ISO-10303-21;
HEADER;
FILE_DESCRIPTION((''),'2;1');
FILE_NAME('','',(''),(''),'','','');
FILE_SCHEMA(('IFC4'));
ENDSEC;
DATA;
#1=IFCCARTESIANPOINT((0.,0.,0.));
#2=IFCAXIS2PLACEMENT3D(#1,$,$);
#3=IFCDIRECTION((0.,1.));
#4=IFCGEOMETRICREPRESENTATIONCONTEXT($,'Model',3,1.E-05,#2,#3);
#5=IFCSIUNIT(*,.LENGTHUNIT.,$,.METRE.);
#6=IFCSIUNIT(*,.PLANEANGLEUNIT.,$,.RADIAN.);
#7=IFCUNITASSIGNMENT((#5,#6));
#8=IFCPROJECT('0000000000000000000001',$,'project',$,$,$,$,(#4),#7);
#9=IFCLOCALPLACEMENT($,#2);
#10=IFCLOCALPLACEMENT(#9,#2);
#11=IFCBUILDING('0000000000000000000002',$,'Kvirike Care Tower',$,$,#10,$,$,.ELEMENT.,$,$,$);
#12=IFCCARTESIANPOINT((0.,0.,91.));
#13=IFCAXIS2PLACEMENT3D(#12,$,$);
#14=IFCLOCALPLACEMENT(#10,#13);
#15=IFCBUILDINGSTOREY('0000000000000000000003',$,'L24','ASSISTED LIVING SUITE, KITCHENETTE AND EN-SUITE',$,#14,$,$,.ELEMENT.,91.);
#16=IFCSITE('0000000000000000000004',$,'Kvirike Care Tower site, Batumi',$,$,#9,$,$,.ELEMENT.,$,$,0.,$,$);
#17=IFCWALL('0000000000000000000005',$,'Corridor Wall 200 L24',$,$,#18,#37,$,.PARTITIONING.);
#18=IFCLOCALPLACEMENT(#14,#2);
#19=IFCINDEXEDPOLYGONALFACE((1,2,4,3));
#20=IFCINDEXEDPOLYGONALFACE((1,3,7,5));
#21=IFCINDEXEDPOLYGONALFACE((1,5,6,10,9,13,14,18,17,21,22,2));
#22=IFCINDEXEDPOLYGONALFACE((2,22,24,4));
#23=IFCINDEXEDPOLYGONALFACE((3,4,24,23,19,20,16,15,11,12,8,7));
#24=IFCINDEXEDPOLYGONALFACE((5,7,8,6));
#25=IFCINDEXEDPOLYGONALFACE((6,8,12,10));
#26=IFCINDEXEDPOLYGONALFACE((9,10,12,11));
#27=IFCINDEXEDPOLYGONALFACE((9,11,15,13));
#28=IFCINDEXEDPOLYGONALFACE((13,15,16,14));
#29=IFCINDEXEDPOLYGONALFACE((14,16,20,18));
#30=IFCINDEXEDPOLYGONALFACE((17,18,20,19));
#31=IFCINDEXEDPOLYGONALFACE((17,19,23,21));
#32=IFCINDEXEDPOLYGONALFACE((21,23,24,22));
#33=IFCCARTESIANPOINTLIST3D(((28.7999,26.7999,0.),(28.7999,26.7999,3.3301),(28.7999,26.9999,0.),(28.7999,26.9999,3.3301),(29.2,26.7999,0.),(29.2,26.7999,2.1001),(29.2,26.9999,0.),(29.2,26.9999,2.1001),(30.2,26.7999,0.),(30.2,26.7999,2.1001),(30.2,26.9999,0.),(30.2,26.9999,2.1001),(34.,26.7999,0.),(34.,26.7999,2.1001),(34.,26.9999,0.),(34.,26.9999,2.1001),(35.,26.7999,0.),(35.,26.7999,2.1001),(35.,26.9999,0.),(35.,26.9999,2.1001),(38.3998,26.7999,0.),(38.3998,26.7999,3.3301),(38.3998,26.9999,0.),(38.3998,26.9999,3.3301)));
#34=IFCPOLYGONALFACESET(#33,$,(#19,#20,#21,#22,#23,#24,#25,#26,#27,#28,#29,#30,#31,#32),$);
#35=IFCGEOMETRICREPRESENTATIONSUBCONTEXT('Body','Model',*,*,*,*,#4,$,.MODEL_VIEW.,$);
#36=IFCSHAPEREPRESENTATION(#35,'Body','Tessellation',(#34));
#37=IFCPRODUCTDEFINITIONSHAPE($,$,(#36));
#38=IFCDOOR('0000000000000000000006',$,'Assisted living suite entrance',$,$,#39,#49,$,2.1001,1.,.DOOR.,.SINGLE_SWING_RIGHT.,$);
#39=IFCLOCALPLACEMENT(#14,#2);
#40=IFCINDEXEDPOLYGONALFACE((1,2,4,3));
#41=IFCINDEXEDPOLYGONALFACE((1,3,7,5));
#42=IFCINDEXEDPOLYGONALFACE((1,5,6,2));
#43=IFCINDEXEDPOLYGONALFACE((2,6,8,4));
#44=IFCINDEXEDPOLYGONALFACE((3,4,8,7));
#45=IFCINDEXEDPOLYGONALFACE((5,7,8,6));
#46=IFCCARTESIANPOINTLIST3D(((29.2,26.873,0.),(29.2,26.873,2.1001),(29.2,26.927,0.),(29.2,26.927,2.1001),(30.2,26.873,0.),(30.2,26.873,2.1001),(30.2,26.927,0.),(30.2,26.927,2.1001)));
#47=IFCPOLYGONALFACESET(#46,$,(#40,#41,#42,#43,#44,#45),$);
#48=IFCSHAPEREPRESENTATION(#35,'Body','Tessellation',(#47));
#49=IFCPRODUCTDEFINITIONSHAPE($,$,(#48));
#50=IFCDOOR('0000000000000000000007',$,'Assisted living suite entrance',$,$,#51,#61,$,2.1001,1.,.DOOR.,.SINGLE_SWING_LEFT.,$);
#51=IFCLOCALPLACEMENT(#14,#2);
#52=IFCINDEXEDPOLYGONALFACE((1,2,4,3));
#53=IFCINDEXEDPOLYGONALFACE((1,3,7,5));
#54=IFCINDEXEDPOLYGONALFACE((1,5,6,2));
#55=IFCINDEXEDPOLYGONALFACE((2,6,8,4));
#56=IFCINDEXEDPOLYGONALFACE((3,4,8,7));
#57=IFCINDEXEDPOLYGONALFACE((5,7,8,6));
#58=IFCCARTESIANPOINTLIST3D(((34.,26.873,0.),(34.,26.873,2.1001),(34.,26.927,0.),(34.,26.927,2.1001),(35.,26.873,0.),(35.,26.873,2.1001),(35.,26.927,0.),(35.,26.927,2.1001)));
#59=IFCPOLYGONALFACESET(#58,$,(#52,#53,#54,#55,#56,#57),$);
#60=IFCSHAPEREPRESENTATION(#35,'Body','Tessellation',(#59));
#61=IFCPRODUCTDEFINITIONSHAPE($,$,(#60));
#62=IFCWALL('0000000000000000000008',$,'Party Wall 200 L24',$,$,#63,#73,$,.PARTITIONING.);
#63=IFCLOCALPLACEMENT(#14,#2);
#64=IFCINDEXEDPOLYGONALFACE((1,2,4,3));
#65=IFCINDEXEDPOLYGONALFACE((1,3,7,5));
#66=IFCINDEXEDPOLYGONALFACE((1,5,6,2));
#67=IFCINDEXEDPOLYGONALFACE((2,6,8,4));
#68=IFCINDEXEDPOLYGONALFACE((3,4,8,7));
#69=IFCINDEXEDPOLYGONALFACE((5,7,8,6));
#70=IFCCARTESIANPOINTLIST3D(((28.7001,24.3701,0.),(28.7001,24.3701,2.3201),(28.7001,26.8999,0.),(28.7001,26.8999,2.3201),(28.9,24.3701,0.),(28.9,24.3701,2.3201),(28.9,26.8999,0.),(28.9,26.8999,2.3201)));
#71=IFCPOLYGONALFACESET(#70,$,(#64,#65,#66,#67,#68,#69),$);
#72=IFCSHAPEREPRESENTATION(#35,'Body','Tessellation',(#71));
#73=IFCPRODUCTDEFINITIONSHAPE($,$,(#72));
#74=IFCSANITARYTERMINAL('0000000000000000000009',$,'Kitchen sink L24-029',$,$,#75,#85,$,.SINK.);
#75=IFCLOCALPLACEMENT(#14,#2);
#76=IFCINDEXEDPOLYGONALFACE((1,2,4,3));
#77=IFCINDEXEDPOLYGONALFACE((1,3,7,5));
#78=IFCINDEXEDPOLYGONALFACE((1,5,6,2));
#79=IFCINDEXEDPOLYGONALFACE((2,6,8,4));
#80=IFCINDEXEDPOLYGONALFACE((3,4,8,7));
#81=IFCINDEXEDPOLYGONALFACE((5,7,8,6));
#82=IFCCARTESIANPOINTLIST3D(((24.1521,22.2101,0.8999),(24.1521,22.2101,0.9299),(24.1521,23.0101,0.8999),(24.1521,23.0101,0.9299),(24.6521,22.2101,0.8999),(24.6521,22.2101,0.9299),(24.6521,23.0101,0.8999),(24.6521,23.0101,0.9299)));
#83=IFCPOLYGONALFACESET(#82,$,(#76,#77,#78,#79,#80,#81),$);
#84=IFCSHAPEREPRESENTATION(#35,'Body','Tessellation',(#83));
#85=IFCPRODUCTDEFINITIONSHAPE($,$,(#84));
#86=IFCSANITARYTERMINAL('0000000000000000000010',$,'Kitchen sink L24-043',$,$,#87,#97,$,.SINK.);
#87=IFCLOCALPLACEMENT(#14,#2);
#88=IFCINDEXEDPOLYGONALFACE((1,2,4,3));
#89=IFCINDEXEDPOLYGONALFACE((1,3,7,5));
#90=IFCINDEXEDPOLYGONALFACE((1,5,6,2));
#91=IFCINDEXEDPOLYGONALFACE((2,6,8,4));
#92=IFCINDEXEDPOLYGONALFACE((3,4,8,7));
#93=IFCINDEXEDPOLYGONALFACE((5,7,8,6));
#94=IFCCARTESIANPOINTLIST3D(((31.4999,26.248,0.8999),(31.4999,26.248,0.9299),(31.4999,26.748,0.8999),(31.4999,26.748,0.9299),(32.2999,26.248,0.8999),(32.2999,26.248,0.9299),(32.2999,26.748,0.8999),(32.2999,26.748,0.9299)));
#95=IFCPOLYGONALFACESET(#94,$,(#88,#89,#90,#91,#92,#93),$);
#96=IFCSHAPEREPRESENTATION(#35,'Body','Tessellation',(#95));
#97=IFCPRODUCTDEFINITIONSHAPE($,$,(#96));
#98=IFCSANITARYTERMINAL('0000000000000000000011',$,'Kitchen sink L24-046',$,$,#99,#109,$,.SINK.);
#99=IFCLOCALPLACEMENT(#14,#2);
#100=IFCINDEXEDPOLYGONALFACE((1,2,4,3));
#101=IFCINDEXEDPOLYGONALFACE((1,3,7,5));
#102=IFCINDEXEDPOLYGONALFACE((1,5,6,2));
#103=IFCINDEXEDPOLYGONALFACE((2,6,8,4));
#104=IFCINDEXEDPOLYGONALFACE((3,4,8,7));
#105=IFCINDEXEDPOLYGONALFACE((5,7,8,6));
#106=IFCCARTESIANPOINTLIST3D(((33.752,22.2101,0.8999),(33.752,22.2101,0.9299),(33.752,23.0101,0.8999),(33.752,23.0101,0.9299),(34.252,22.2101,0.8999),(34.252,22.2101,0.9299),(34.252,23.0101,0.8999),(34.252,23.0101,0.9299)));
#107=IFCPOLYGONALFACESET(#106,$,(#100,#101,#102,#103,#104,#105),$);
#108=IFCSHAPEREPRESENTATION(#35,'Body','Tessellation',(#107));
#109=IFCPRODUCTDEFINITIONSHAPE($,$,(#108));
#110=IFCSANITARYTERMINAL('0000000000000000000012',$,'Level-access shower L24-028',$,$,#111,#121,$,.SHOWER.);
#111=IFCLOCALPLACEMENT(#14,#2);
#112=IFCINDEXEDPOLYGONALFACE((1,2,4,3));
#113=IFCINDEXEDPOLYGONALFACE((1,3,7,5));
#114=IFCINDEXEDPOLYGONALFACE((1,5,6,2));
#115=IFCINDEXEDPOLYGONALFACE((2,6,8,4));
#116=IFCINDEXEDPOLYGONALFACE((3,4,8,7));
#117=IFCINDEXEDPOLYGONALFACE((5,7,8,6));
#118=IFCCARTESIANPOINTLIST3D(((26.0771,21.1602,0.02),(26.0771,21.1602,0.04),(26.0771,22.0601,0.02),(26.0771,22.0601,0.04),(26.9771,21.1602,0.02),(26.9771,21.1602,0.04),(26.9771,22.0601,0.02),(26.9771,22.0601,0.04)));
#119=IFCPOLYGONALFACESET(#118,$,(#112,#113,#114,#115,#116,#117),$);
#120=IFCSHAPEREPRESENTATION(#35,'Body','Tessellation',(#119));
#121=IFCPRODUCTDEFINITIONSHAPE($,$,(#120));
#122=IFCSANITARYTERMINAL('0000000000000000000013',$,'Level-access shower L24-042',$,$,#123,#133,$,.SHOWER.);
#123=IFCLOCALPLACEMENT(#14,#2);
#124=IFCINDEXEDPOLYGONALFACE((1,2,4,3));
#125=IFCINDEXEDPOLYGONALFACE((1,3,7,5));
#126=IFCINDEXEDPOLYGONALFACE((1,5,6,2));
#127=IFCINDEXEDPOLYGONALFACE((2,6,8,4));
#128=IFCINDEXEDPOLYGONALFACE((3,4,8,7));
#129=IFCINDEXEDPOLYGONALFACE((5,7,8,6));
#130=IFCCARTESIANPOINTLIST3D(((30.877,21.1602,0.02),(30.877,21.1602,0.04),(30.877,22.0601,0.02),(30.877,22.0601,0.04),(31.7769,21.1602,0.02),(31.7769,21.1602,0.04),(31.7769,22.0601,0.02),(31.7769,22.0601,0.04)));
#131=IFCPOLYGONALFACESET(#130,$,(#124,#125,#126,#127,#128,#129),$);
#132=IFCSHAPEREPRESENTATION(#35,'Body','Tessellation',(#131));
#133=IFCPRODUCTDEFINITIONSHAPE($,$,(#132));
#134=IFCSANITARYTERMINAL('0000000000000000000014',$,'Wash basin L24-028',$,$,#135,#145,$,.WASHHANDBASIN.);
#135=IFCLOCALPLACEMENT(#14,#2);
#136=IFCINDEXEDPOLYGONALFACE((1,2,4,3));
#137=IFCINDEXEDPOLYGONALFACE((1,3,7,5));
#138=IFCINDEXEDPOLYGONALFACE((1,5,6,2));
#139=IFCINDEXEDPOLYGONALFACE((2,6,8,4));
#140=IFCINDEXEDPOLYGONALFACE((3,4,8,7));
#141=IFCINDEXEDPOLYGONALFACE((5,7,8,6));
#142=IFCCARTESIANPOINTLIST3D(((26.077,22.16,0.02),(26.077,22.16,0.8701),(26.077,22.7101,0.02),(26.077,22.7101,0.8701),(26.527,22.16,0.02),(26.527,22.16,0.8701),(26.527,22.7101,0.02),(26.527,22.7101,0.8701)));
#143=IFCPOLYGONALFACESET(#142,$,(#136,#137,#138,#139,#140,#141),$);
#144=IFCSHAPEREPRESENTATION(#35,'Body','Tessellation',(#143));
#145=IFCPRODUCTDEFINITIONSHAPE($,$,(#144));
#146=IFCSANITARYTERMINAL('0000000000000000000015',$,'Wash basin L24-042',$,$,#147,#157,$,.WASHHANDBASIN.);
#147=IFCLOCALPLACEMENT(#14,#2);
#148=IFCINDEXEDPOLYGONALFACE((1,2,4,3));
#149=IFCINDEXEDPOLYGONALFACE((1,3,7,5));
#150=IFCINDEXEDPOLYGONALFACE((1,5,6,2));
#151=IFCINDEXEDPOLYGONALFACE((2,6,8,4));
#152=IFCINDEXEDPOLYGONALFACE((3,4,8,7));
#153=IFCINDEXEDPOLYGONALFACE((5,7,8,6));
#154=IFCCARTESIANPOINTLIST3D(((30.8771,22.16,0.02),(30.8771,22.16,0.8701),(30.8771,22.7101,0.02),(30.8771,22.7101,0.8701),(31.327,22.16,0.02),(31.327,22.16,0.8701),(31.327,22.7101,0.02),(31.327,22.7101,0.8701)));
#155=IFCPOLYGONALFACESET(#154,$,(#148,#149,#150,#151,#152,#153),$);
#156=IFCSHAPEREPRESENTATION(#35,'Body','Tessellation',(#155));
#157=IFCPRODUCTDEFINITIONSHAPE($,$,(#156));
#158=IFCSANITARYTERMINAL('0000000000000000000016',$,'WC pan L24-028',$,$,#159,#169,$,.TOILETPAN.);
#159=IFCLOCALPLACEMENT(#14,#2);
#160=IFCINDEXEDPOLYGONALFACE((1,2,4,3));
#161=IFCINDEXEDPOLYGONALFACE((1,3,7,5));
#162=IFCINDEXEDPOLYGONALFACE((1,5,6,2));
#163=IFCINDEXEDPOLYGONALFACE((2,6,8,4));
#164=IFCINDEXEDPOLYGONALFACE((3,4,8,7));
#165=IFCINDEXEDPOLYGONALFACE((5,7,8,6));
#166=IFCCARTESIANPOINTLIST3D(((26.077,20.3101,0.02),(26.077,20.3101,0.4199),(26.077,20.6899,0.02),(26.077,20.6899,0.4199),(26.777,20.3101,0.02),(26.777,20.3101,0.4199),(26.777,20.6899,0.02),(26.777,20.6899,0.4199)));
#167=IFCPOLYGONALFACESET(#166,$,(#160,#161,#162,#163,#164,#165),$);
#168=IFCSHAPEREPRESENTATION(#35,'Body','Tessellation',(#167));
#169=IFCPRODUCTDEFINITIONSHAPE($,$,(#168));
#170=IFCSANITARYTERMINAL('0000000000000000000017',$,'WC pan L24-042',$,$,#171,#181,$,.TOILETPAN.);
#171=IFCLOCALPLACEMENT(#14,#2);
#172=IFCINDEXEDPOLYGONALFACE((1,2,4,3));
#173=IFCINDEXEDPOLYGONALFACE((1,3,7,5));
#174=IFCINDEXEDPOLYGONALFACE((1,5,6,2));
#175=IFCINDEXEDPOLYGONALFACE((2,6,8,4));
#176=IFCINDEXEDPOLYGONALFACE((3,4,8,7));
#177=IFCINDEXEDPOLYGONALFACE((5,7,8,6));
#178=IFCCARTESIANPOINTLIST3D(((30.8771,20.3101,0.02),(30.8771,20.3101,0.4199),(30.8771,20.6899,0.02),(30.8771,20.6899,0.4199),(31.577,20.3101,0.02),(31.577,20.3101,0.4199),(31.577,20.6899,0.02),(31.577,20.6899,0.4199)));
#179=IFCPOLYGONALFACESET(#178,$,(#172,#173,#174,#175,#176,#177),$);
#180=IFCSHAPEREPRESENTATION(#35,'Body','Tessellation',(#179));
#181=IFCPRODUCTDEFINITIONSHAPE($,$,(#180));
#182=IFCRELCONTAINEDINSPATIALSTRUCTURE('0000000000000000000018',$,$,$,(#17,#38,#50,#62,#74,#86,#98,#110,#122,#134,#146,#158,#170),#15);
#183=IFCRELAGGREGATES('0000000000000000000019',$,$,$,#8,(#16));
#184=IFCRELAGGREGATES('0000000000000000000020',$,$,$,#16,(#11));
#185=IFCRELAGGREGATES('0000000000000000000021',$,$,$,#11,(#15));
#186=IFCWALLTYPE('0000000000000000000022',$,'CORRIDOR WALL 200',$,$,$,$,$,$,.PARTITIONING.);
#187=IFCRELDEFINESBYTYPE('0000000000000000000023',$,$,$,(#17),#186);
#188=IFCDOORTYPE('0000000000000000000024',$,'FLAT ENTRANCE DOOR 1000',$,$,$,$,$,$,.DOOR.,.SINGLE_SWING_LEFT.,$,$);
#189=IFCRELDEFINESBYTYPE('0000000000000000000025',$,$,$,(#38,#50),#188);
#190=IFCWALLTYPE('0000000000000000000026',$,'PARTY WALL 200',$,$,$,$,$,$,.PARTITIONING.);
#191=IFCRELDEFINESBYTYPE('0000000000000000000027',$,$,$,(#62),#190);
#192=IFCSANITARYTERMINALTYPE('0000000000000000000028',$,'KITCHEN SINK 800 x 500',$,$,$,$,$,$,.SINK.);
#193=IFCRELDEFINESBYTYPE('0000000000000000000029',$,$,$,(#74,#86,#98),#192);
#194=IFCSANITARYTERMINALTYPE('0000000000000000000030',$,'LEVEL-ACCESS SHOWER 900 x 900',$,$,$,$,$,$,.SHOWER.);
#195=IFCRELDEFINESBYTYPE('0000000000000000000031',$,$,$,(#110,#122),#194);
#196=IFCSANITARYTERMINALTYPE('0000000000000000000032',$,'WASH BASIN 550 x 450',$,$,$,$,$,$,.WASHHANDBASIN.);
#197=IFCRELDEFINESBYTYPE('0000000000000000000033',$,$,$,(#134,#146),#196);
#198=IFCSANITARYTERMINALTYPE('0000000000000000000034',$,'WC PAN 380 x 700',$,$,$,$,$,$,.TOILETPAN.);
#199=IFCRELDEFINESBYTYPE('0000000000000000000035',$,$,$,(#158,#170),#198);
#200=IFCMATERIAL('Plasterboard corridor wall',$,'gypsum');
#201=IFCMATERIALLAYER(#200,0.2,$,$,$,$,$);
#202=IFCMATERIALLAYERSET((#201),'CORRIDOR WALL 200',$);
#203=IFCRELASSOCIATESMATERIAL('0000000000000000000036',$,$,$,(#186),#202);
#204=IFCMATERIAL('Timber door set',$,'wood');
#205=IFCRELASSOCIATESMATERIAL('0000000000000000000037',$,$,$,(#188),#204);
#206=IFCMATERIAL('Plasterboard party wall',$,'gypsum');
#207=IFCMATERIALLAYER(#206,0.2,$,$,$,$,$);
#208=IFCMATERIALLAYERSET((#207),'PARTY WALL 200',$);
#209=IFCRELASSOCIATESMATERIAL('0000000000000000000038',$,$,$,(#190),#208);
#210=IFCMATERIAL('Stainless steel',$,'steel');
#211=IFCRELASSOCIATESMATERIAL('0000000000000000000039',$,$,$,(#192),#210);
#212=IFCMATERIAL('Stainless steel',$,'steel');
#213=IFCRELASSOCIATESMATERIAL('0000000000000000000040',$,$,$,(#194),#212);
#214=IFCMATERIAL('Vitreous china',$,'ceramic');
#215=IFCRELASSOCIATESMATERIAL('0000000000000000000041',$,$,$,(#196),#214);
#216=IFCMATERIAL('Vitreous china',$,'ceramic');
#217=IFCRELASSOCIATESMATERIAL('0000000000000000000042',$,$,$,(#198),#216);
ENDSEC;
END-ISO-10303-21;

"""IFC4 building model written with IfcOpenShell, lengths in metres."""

from ifc_helpers import new_model, si_unit, direction, frame, frame_2d, origin, origin_2d, place, context, subcontext, project, spatial, rectangle, extrude, material, layer, layer_set, type_object, element, fill, save


model = new_model("IFC4")

# Units and contexts
model_context = context("Model", 3, precision=1e-05, world=origin(), true_north=direction((0.0, 1.0)))
body_context = subcontext(model_context, "Body", "Model", "MODEL_VIEW")
ifc_project = project(units=[si_unit("LENGTHUNIT", "METRE"), si_unit("PLANEANGLEUNIT", "RADIAN")], contexts=[model_context])

# Site, building, storey
site_placement = place(None, origin())
site = spatial("IfcSite", under=ifc_project, at=site_placement, Name="Kvirike Care Tower site, Batumi", CompositionType="ELEMENT", RefElevation=0.0)
building_placement = place(site_placement, origin())
building = spatial("IfcBuilding", under=site, at=building_placement, Name="Kvirike Care Tower", CompositionType="ELEMENT")
storey_placement = place(building_placement, frame((0.0, 0.0, 91.0)))
storey = spatial("IfcBuildingStorey", under=building, at=storey_placement, Name="L24", Description="ASSISTED LIVING SUITE, KITCHENETTE AND EN-SUITE", CompositionType="ELEMENT", Elevation=91.0)

# Wall, openings, doors
ifc_material_1 = material(Name="Plasterboard corridor wall", Category="gypsum")
ifc_layer_1 = layer(ifc_material_1, 0.2)
ifc_layer_set_1 = layer_set([ifc_layer_1], Name="CORRIDOR WALL 200")
wall_type_1 = type_object("IfcWallType", Name="CORRIDOR WALL 200", PredefinedType="PARTITIONING", material=ifc_layer_set_1)
wall_1_placement = place(storey_placement, frame((28.8, 26.8999, 0.0), z_axis=(0.0, 0.0, 1.0), x_axis=(1.0, 0.0, 0.0)))
wall_1 = element("IfcWall", 1, at=wall_1_placement, inside=storey, type_object=wall_type_1, Name="Corridor Wall 200 L24", PredefinedType="PARTITIONING", context=body_context, shape_type="SweptSolid", body=[
    extrude(rectangle(XDim=9.5999, YDim=0.2, at=frame_2d((4.7998, 0.0))), origin(), (0.0, 0.0, 1.0), 3.3301),
])
opening_1_placement = place(wall_1_placement, frame((0.3999, 0.0, 0.0)))
opening_1 = element("IfcOpeningElement", 2, at=opening_1_placement, cuts=wall_1, PredefinedType="OPENING", context=body_context, shape_type="SweptSolid", body=[
    extrude(rectangle(XDim=1.0, YDim=2.1001, at=frame_2d((0.5, 1.05))), frame((0.0, 0.1106, 0.0), z_axis=(0.0, -1.0, 0.0), x_axis=(1.0, 0.0, 0.0)), (0.0, 0.0, 1.0), 0.2209),
])
opening_2_placement = place(wall_1_placement, frame((5.2, 0.0, 0.0)))
opening_2 = element("IfcOpeningElement", 3, at=opening_2_placement, cuts=wall_1, PredefinedType="OPENING", context=body_context, shape_type="SweptSolid", body=[
    extrude(rectangle(XDim=1.0, YDim=2.1001, at=frame_2d((0.5, 1.05))), frame((0.0, 0.1106, 0.0), z_axis=(0.0, -1.0, 0.0), x_axis=(1.0, 0.0, 0.0)), (0.0, 0.0, 1.0), 0.2209),
])
ifc_material_2 = material(Name="Timber door set", Category="wood")
door_type = type_object("IfcDoorType", Name="FLAT ENTRANCE DOOR 1000", OperationType="SINGLE_SWING_LEFT", PredefinedType="DOOR", material=ifc_material_2)
door_1_placement = place(opening_1_placement, frame((1.0, 0.0, 0.0), z_axis=(0.0, 0.0, 1.0), x_axis=(-1.0, 0.0, 0.0)))
door_1 = element("IfcDoor", 4, at=door_1_placement, inside=storey, type_object=door_type, Name="Assisted living suite entrance", OperationType="SINGLE_SWING_RIGHT", OverallHeight=2.1001, OverallWidth=1.0, PredefinedType="DOOR", context=body_context, shape_type="SweptSolid", body=[
    extrude(rectangle(XDim=1.0, YDim=2.1001, at=frame_2d((0.5, 1.05))), frame((0.0, 0.0269, 0.0), z_axis=(0.0, -1.0, 0.0), x_axis=(1.0, 0.0, 0.0)), (0.0, 0.0, 1.0), 0.054),
])
fill(opening_1, door_1)
door_2_placement = place(opening_2_placement, frame((1.0, 0.0, 0.0), z_axis=(0.0, 0.0, 1.0), x_axis=(-1.0, 0.0, 0.0)))
door_2 = element("IfcDoor", 5, at=door_2_placement, inside=storey, type_object=door_type, Name="Assisted living suite entrance", OperationType="SINGLE_SWING_LEFT", OverallHeight=2.1001, OverallWidth=1.0, PredefinedType="DOOR", context=body_context, shape_type="SweptSolid", body=[
    extrude(rectangle(XDim=1.0, YDim=2.1001, at=frame_2d((0.5, 1.05))), frame((0.0, 0.0269, 0.0), z_axis=(0.0, -1.0, 0.0), x_axis=(1.0, 0.0, 0.0)), (0.0, 0.0, 1.0), 0.054),
])
fill(opening_2, door_2)

# Wall
ifc_material_3 = material(Name="Plasterboard party wall", Category="gypsum")
ifc_layer_2 = layer(ifc_material_3, 0.2)
ifc_layer_set_2 = layer_set([ifc_layer_2], Name="PARTY WALL 200")
wall_type_2 = type_object("IfcWallType", Name="PARTY WALL 200", PredefinedType="PARTITIONING", material=ifc_layer_set_2)
wall_2_placement = place(storey_placement, frame((28.8, 24.3701, 0.0), z_axis=(0.0, 0.0, 1.0), x_axis=(0.0, 1.0, 0.0)))
element("IfcWall", 6, at=wall_2_placement, inside=storey, type_object=wall_type_2, Name="Party Wall 200 L24", PredefinedType="PARTITIONING", context=body_context, shape_type="SweptSolid", body=[
    extrude(rectangle(XDim=2.5298, YDim=0.2, at=frame_2d((1.2649, 0.0))), origin(), (0.0, 0.0, 1.0), 2.3201),
])

# Sanitary terminals
ifc_material_4 = material(Name="Stainless steel", Category="steel")
sanitary_terminal_type_1 = type_object("IfcSanitaryTerminalType", Name="KITCHEN SINK 800 x 500", PredefinedType="SINK", material=ifc_material_4)
for number, where, z_axis, x_axis, name in (
    (7, (24.4021, 22.6101, 0.8999), (0.0, 0.0, 1.0), (0.0, 1.0, 0.0), "Kitchen sink L24-029"),
    (8, (31.8999, 26.498, 0.8999), (0.0, 0.0, 1.0), (1.0, 0.0, 0.0), "Kitchen sink L24-043"),
    (9, (34.002, 22.6101, 0.8999), (0.0, 0.0, 1.0), (0.0, 1.0, 0.0), "Kitchen sink L24-046"),
):
    element("IfcSanitaryTerminal", number, at=place(storey_placement, frame(where, z_axis=z_axis, x_axis=x_axis)), inside=storey, type_object=sanitary_terminal_type_1, Name=name, PredefinedType="SINK", context=body_context, shape_type="SweptSolid", body=[
        extrude(rectangle(XDim=0.8, YDim=0.5, at=origin_2d()), origin(), (0.0, 0.0, 1.0), 0.03),
    ])
ifc_material_5 = material(Name="Stainless steel", Category="steel")
sanitary_terminal_type_2 = type_object("IfcSanitaryTerminalType", Name="LEVEL-ACCESS SHOWER 900 x 900", PredefinedType="SHOWER", material=ifc_material_5)
for number, where, z_axis, x_axis, name in (
    (10, (26.5271, 21.6101, 0.02), (0.0, 0.0, 1.0), (0.0, 1.0, 0.0), "Level-access shower L24-028"),
    (11, (31.3269, 21.6101, 0.02), (0.0, 0.0, 1.0), (0.0, 1.0, 0.0), "Level-access shower L24-042"),
):
    element("IfcSanitaryTerminal", number, at=place(storey_placement, frame(where, z_axis=z_axis, x_axis=x_axis)), inside=storey, type_object=sanitary_terminal_type_2, Name=name, PredefinedType="SHOWER", context=body_context, shape_type="SweptSolid", body=[
        extrude(rectangle(XDim=0.8999, YDim=0.8999, at=origin_2d()), origin(), (0.0, 0.0, 1.0), 0.02),
    ])
ifc_material_6 = material(Name="Vitreous china", Category="ceramic")
sanitary_terminal_type_3 = type_object("IfcSanitaryTerminalType", Name="WASH BASIN 550 x 450", PredefinedType="WASHHANDBASIN", material=ifc_material_6)
for number, where, z_axis, x_axis, name in (
    (12, (26.302, 22.4351, 0.02), (0.0, 0.0, 1.0), (0.0, 1.0, 0.0), "Wash basin L24-028"),
    (13, (31.1021, 22.4351, 0.02), (0.0, 0.0, 1.0), (0.0, 1.0, 0.0), "Wash basin L24-042"),
):
    element("IfcSanitaryTerminal", number, at=place(storey_placement, frame(where, z_axis=z_axis, x_axis=x_axis)), inside=storey, type_object=sanitary_terminal_type_3, Name=name, PredefinedType="WASHHANDBASIN", context=body_context, shape_type="SweptSolid", body=[
        extrude(rectangle(XDim=0.55, YDim=0.45, at=origin_2d()), origin(), (0.0, 0.0, 1.0), 0.8501),
    ])
ifc_material_7 = material(Name="Vitreous china", Category="ceramic")
sanitary_terminal_type_4 = type_object("IfcSanitaryTerminalType", Name="WC PAN 380 x 700", PredefinedType="TOILETPAN", material=ifc_material_7)
for number, where, z_axis, x_axis, name in (
    (14, (26.427, 20.5, 0.02), (0.0, 0.0, 1.0), (0.0, 1.0, 0.0), "WC pan L24-028"),
    (15, (31.2271, 20.5, 0.02), (0.0, 0.0, 1.0), (0.0, 1.0, 0.0), "WC pan L24-042"),
):
    element("IfcSanitaryTerminal", number, at=place(storey_placement, frame(where, z_axis=z_axis, x_axis=x_axis)), inside=storey, type_object=sanitary_terminal_type_4, Name=name, PredefinedType="TOILETPAN", context=body_context, shape_type="SweptSolid", body=[
        extrude(rectangle(XDim=0.3799, YDim=0.7, at=origin_2d()), origin(), (0.0, 0.0, 1.0), 0.3999),
    ])

save(model, "model.ifc")
